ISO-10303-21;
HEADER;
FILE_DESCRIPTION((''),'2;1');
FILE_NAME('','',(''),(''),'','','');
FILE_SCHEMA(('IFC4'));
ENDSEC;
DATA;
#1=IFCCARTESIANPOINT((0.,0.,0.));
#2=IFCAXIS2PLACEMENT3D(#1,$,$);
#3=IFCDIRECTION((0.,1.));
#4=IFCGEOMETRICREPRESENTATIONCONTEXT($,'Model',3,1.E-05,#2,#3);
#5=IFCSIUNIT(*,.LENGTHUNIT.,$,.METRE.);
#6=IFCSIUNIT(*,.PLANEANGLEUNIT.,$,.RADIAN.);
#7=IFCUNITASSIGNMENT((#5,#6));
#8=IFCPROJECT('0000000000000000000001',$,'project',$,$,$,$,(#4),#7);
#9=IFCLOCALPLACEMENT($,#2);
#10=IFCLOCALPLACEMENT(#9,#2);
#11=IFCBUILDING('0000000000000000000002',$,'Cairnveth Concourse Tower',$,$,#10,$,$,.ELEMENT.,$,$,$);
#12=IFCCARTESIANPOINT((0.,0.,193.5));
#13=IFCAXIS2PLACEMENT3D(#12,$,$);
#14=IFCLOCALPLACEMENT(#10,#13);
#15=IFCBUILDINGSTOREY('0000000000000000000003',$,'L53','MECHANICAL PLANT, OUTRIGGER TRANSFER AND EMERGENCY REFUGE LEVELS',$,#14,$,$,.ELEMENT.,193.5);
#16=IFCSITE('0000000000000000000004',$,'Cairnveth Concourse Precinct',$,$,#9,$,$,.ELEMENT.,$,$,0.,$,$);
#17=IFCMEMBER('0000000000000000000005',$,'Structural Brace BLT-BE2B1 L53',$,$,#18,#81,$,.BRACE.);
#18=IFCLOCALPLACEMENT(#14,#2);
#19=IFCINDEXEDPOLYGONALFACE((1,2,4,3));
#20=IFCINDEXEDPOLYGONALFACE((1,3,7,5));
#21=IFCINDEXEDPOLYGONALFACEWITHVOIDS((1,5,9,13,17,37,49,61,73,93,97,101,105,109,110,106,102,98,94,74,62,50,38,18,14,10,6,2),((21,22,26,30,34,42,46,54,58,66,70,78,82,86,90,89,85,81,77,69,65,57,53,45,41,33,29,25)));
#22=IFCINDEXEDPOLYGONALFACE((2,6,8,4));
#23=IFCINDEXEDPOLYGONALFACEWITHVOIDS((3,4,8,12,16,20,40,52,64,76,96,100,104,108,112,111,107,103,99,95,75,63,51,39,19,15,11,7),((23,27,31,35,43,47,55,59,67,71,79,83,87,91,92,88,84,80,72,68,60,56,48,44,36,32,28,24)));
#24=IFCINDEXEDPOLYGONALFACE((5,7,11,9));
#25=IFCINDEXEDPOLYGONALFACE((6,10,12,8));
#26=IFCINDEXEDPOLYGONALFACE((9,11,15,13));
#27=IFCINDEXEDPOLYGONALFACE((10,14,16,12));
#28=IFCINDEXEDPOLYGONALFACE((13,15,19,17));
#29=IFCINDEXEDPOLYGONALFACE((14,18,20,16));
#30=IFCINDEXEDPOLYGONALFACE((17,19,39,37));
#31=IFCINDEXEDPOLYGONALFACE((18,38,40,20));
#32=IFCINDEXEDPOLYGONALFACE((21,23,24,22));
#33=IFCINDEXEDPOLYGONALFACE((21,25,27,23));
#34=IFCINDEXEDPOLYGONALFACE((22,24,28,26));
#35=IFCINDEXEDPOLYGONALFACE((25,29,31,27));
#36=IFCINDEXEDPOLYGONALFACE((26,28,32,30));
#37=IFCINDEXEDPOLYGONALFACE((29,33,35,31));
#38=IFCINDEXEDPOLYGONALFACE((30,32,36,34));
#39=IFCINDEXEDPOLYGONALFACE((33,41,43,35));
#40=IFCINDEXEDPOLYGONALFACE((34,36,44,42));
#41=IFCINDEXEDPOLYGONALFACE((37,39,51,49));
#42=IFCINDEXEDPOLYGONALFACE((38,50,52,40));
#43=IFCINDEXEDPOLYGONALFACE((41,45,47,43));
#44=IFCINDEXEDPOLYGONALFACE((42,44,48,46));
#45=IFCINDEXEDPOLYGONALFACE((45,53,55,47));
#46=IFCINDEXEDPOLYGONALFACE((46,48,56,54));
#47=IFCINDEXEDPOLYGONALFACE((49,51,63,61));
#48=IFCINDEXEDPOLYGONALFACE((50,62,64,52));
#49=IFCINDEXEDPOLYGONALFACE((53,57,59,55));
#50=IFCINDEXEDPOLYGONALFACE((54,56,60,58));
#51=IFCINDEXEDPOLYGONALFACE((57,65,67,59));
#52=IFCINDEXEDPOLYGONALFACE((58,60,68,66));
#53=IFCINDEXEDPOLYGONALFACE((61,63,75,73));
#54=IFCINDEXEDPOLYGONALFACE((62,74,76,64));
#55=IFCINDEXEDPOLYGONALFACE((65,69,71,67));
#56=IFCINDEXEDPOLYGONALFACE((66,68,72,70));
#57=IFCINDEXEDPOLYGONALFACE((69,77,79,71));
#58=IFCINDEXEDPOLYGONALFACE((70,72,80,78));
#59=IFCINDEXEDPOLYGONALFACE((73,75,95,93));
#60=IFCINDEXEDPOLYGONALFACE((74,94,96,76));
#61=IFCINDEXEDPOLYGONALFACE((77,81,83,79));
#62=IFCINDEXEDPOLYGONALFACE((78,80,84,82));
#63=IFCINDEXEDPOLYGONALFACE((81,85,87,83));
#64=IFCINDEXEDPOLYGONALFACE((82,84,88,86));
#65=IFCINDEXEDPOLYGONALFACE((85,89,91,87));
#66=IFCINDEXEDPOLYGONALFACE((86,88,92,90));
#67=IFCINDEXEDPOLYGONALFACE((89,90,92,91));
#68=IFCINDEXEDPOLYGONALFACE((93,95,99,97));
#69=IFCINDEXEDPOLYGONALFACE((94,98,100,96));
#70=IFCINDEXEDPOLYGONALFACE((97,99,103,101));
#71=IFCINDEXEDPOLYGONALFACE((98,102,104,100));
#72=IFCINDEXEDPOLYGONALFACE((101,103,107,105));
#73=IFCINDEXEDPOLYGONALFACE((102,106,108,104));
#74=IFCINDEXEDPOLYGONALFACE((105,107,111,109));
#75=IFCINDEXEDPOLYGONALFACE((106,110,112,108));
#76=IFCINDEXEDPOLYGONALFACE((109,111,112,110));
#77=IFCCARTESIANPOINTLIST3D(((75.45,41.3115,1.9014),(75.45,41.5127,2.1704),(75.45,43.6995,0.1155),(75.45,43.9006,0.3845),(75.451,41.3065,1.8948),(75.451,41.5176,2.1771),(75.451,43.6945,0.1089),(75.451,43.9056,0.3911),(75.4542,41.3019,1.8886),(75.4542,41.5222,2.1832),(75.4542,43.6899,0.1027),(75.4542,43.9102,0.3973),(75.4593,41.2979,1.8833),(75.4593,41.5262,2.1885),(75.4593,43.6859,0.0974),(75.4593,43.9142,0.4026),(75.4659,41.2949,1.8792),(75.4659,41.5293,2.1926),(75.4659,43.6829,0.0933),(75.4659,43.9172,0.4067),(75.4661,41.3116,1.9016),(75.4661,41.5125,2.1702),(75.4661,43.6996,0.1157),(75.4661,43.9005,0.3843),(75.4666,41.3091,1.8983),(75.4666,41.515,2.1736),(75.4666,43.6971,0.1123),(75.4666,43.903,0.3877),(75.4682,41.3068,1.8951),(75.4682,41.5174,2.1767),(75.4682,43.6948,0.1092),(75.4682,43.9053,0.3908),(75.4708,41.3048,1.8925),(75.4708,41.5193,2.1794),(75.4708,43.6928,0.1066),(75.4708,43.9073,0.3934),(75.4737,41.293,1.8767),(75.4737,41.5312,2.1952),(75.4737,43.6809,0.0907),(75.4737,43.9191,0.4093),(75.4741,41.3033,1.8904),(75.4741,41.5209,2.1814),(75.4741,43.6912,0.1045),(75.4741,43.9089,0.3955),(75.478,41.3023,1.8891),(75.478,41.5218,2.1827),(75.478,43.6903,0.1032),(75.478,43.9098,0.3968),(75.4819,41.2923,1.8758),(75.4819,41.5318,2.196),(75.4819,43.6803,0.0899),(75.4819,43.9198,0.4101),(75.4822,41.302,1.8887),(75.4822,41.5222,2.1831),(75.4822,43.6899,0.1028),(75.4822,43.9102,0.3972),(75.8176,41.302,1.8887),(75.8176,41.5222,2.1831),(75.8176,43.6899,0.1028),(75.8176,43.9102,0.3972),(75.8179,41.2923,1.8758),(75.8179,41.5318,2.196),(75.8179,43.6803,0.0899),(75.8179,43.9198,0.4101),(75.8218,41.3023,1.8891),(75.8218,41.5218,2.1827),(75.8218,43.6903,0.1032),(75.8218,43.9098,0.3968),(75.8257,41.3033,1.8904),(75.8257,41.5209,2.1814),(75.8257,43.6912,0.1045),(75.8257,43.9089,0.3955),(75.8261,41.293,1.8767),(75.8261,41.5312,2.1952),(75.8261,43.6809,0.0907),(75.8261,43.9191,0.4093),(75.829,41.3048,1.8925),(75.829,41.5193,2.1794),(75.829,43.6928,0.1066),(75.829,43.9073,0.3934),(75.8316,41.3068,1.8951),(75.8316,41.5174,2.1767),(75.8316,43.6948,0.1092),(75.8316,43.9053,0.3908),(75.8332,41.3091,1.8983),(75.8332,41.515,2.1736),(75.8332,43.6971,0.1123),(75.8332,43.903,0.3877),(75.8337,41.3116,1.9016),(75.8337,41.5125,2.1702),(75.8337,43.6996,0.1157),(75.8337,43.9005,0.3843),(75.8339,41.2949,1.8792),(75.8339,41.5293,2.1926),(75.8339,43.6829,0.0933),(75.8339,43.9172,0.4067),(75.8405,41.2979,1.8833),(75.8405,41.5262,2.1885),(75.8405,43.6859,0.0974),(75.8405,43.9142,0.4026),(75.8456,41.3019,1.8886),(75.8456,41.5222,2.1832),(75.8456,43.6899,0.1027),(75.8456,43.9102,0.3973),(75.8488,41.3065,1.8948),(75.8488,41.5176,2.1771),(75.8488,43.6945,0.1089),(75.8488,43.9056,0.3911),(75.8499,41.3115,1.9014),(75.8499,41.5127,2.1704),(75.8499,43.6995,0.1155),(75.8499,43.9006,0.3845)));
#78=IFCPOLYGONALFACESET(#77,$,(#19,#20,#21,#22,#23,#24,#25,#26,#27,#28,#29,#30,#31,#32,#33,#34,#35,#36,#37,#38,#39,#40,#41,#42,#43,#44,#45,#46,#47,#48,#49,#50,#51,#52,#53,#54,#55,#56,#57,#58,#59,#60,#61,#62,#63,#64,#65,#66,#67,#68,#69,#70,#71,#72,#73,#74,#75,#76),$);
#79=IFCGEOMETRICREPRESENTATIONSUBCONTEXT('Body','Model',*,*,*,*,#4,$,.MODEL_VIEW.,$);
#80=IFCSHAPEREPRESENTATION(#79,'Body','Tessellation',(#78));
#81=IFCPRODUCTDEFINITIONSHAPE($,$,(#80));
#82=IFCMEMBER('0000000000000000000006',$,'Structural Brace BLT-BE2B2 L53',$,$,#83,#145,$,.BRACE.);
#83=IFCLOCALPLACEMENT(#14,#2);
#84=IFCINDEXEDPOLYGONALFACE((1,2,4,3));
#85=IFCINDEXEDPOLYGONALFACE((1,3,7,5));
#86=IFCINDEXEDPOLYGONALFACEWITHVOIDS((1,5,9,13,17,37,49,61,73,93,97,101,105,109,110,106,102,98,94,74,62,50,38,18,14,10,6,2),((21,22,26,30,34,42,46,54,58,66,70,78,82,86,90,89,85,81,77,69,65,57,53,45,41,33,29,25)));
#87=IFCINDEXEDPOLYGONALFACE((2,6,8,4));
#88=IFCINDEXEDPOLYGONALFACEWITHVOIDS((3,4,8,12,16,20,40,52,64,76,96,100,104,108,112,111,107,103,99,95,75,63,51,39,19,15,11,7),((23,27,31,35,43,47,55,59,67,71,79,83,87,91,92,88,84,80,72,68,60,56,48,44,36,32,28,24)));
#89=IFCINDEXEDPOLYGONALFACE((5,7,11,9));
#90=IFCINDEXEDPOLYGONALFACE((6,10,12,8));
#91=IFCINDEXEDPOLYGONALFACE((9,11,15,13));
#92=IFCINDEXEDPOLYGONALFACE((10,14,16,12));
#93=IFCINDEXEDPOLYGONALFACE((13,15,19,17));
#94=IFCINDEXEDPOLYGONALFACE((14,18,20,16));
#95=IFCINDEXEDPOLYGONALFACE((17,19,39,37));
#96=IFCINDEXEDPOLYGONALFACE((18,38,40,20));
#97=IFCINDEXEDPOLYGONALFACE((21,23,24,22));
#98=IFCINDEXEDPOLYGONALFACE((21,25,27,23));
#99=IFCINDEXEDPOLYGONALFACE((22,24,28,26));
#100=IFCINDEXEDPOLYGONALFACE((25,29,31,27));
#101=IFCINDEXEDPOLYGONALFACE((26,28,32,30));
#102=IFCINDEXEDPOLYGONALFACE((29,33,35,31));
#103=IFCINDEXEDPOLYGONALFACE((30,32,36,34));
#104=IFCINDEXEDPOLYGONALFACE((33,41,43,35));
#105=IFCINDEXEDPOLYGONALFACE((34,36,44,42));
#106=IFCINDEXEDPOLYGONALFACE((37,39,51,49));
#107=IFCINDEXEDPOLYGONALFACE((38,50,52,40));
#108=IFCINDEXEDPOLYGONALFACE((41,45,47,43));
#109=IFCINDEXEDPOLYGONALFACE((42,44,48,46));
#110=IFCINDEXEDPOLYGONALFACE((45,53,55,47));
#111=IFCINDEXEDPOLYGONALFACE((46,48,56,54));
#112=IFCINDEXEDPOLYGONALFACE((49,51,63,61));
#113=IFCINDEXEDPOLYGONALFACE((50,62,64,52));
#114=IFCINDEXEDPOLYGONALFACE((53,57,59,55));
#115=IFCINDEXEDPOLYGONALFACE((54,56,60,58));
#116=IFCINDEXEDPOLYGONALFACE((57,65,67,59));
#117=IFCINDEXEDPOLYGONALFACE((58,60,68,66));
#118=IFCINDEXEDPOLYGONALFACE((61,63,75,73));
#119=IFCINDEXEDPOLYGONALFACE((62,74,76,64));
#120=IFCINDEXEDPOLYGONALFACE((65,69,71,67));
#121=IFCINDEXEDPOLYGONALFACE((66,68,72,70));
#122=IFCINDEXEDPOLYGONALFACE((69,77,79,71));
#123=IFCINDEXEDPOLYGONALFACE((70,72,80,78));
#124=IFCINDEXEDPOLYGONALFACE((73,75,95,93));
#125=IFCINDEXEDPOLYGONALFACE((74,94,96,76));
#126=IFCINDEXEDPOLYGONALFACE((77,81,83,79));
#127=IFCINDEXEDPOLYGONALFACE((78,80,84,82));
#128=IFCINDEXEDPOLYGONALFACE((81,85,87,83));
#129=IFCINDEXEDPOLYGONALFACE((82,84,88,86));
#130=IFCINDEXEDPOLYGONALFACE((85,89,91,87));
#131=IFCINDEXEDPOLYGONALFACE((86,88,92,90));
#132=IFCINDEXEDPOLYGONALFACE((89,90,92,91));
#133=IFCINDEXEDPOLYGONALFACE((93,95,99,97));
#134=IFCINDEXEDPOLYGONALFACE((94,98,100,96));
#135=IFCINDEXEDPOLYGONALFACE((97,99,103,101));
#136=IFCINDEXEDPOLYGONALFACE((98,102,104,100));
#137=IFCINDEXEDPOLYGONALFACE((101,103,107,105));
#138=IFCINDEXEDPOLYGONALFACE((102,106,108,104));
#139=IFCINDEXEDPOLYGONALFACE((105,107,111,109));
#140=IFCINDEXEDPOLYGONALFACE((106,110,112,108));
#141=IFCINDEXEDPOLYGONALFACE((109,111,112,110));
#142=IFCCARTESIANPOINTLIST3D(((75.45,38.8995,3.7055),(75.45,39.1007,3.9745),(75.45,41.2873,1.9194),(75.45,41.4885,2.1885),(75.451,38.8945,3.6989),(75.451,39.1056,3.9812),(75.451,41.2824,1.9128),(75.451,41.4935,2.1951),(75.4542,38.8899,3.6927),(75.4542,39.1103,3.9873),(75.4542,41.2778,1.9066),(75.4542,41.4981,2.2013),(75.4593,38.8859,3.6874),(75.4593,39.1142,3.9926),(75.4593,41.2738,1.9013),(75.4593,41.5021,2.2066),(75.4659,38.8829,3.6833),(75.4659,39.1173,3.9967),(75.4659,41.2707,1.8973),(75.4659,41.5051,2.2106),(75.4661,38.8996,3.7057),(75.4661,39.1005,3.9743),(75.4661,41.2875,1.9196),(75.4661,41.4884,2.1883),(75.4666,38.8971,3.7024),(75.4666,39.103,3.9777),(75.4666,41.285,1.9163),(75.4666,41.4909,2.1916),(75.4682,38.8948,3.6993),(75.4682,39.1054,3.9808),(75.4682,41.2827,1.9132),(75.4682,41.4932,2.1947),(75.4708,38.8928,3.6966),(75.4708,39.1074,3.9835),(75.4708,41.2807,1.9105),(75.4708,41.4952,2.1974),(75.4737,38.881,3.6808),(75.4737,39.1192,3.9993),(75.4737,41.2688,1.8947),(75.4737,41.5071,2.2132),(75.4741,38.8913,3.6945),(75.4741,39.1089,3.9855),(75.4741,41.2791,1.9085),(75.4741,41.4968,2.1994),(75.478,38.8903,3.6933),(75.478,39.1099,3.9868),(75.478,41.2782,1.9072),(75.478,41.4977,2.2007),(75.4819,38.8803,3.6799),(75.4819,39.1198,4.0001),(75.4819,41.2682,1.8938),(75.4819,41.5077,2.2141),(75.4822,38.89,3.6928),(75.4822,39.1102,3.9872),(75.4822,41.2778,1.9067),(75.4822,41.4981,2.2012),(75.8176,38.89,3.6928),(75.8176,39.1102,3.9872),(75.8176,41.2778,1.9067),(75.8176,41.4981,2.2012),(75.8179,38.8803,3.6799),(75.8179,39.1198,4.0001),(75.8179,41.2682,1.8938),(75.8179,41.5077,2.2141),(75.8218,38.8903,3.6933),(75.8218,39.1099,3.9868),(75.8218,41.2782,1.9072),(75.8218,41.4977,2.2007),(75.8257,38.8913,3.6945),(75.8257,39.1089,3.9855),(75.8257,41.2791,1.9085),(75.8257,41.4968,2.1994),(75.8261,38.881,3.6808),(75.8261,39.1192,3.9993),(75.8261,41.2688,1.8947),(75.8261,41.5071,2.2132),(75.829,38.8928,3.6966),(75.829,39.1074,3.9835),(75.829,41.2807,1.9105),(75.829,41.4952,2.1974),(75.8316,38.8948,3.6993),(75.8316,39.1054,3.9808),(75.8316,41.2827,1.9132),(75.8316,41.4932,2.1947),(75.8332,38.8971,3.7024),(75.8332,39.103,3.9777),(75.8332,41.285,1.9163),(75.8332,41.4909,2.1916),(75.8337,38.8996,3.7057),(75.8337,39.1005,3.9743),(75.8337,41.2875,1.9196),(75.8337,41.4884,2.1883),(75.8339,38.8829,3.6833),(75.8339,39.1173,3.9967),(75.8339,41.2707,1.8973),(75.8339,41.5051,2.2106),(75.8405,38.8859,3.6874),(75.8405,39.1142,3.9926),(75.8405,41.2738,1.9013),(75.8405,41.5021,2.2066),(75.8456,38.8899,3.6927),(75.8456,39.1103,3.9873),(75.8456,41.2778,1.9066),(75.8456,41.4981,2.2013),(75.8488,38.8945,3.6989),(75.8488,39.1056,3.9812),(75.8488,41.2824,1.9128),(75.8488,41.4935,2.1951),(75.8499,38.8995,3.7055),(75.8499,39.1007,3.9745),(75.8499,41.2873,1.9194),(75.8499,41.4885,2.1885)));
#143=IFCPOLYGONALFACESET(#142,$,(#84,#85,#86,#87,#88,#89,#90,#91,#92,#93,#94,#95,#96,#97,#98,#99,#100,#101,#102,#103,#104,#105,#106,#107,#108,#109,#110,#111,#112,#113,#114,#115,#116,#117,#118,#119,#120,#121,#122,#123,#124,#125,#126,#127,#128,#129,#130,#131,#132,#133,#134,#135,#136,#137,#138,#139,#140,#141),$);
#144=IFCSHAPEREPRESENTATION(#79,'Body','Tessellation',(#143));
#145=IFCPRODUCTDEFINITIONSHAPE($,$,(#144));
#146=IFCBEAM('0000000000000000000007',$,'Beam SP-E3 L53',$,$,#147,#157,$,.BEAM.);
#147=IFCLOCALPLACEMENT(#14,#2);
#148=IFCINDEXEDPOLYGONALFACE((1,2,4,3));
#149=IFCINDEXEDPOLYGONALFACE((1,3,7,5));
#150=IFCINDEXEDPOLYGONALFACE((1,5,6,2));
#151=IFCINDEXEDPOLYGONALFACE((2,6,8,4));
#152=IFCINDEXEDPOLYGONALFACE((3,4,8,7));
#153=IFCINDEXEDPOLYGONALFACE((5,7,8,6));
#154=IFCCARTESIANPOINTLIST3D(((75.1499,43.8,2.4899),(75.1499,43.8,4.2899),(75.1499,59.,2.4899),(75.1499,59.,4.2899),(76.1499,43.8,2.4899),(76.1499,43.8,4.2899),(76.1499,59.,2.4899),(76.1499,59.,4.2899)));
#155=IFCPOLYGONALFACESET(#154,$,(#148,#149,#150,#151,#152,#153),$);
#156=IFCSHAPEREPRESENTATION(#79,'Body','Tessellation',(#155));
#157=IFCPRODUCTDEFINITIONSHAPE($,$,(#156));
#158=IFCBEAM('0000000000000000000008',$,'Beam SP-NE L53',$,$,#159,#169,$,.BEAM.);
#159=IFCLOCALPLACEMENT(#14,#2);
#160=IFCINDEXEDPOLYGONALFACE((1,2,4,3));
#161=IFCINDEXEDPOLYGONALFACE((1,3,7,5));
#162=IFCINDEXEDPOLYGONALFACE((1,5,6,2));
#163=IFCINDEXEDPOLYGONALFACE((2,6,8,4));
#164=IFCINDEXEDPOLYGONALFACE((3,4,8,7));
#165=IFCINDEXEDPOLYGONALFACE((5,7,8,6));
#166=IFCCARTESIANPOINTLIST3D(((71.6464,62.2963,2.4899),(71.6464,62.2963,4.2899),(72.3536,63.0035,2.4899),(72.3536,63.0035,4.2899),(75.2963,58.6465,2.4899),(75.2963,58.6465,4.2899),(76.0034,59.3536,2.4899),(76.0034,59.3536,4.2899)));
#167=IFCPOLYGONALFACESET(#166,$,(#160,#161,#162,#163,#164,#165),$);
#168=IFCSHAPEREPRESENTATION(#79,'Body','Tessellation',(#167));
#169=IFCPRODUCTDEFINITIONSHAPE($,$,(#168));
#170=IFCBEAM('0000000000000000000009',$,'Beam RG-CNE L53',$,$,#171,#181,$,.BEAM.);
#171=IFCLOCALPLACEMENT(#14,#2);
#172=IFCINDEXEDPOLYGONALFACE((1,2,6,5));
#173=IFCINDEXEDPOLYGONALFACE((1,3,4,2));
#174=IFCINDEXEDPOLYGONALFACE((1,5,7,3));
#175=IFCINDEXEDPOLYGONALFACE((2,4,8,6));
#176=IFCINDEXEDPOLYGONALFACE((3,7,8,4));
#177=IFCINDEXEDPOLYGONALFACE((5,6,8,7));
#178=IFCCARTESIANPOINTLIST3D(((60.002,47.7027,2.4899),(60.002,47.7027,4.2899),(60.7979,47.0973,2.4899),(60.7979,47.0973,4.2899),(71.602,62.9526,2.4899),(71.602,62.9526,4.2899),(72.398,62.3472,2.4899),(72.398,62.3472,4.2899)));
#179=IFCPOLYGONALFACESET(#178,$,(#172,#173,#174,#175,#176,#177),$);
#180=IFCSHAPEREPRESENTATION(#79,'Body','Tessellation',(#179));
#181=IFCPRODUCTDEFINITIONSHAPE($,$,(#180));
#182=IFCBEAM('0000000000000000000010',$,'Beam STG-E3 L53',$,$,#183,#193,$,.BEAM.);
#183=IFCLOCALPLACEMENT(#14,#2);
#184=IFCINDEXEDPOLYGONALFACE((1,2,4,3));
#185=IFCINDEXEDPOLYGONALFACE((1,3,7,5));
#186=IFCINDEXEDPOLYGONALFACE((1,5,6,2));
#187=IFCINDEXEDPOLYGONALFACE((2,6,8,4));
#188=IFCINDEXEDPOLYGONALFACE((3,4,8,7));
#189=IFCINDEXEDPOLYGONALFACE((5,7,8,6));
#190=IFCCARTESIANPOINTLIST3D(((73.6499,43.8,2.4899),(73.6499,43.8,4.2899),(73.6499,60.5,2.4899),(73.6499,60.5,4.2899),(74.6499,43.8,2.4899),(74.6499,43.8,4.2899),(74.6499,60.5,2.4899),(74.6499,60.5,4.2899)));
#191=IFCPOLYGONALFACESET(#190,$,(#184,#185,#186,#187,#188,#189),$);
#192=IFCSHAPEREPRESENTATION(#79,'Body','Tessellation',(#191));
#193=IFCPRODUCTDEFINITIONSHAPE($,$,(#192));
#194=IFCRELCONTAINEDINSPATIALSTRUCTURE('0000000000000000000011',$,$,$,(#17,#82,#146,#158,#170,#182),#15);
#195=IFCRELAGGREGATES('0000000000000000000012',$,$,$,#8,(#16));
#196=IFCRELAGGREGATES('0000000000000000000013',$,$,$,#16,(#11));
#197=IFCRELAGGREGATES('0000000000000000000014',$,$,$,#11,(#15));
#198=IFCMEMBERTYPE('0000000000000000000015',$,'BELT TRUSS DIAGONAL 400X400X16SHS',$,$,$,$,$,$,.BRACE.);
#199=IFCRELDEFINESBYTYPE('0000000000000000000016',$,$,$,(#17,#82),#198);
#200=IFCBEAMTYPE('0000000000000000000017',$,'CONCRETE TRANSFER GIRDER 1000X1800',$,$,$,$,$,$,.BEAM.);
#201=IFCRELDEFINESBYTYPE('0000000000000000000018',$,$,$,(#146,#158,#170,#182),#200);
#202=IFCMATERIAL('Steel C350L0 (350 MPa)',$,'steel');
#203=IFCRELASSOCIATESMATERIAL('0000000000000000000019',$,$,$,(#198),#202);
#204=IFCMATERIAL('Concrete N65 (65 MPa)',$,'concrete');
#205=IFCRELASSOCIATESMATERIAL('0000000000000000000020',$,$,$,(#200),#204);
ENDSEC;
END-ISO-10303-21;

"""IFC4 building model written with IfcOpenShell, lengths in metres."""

from ifc_helpers import new_model, si_unit, direction, frame, origin, origin_2d, place, context, subcontext, project, spatial, rectangle, hollow_rectangle, extrude, material, material_profile, profile_set, type_object, element, save


model = new_model("IFC4")

# Units and contexts
model_context = context("Model", 3, precision=1e-05, world=origin(), true_north=direction((0.0, 1.0)))
body_context = subcontext(model_context, "Body", "Model", "MODEL_VIEW")
ifc_project = project(units=[si_unit("LENGTHUNIT", "METRE"), si_unit("PLANEANGLEUNIT", "RADIAN")], contexts=[model_context])

# Site, building, storey
site_placement = place(None, origin())
site = spatial("IfcSite", under=ifc_project, at=site_placement, Name="Cairnveth Concourse Precinct", CompositionType="ELEMENT", RefElevation=0.0)
building_placement = place(site_placement, origin())
building = spatial("IfcBuilding", under=site, at=building_placement, Name="Cairnveth Concourse Tower", CompositionType="ELEMENT")
storey_placement = place(building_placement, frame((0.0, 0.0, 193.5)))
storey = spatial("IfcBuildingStorey", under=building, at=storey_placement, Name="L53", Description="MECHANICAL PLANT, OUTRIGGER TRANSFER AND EMERGENCY REFUGE LEVELS", CompositionType="ELEMENT", Elevation=193.5)

# Shared definitions
ifc_material_1 = material(Name="Concrete N65 (65 MPa)", Category="concrete")

# Members
ifc_material_2 = material(Name="Steel C350L0 (350 MPa)", Category="steel")
ifc_material_profile_1 = material_profile(ifc_material_2, hollow_rectangle(XDim=0.3999, YDim=0.3999, WallThickness=0.0161, InnerFilletRadius=0.0161, OuterFilletRadius=0.032, at=origin_2d()), Name="400x400x16.0SHS")
ifc_profile_set_1 = profile_set([ifc_material_profile_1], Name="Steel C350L0 (350 MPa)")
member_type_1 = type_object("IfcMemberType", Name="BELT TRUSS DIAGONAL 400X400X16SHS", PredefinedType="BRACE", material=ifc_profile_set_1)
for number, where, z_axis, x_axis, name in (
    (1, (75.6499, 43.8, 0.25), (0.0, -0.800815, 0.598912), (1.0, 0.0, 0.0), "Structural Brace BLT-BE2B1 L53"),
    (2, (75.6499, 41.3879, 2.054), (0.0, -0.800775, 0.598965), (1.0, 0.0, 0.0), "Structural Brace BLT-BE2B2 L53"),
):
    element("IfcMember", number, at=place(storey_placement, frame(where, z_axis=z_axis, x_axis=x_axis)), inside=storey, type_object=member_type_1, Name=name, PredefinedType="BRACE", context=body_context, shape_type="SweptSolid", body=[
        extrude(hollow_rectangle(XDim=0.3999, YDim=0.3999, WallThickness=0.0161, InnerFilletRadius=0.0161, OuterFilletRadius=0.032, at=origin_2d()), origin(), (0.0, 0.0, 1.0), 2.9819),
    ])

# Beams
ifc_material_profile_2 = material_profile(ifc_material_1, rectangle(XDim=1.0, YDim=1.8, at=origin_2d()), Name="RC-TB-1000x1800")
ifc_profile_set_2 = profile_set([ifc_material_profile_2], Name="Concrete N65 (65 MPa)")
beam_type_1 = type_object("IfcBeamType", Name="CONCRETE TRANSFER GIRDER 1000X1800", PredefinedType="BEAM", material=ifc_profile_set_2)
beam_1_placement = place(storey_placement, frame((75.6499, 43.8, 3.3899), z_axis=(0.0, 1.0, 0.0), x_axis=(-1.0, 0.0, 0.0)))
element("IfcBeam", 3, at=beam_1_placement, inside=storey, type_object=beam_type_1, Name="Beam SP-E3 L53", PredefinedType="BEAM", context=body_context, shape_type="SweptSolid", body=[
    extrude(rectangle(XDim=1.0, YDim=1.8, at=origin_2d()), origin(), (0.0, 0.0, 1.0), 15.2),
])
beam_2_placement = place(storey_placement, frame((72.0, 62.6499, 3.3899), z_axis=(0.707107, -0.707107, 0.0), x_axis=(0.707107, 0.707107, 0.0)))
element("IfcBeam", 4, at=beam_2_placement, inside=storey, type_object=beam_type_1, Name="Beam SP-NE L53", PredefinedType="BEAM", context=body_context, shape_type="SweptSolid", body=[
    extrude(rectangle(XDim=1.0, YDim=1.8, at=origin_2d()), origin(), (0.0, 0.0, 1.0), 5.1616),
])
beam_3_placement = place(storey_placement, frame((72.0, 62.6499, 3.3899), z_axis=(-0.605417, -0.795908, 0.0), x_axis=(0.795908, -0.605417, 0.0)))
element("IfcBeam", 5, at=beam_3_placement, inside=storey, type_object=beam_type_1, Name="Beam RG-CNE L53", PredefinedType="BEAM", context=body_context, shape_type="SweptSolid", body=[
    extrude(rectangle(XDim=1.0, YDim=1.8, at=origin_2d()), origin(), (0.0, 0.0, 1.0), 19.1604),
])
beam_4_placement = place(storey_placement, frame((74.1499, 43.8, 3.3899), z_axis=(0.0, 1.0, 0.0), x_axis=(-1.0, 0.0, 0.0)))
element("IfcBeam", 6, at=beam_4_placement, inside=storey, type_object=beam_type_1, Name="Beam STG-E3 L53", PredefinedType="BEAM", context=body_context, shape_type="SweptSolid", body=[
    extrude(rectangle(XDim=1.0, YDim=1.8, at=origin_2d()), origin(), (0.0, 0.0, 1.0), 16.7),
])

save(model, "model.ifc")
